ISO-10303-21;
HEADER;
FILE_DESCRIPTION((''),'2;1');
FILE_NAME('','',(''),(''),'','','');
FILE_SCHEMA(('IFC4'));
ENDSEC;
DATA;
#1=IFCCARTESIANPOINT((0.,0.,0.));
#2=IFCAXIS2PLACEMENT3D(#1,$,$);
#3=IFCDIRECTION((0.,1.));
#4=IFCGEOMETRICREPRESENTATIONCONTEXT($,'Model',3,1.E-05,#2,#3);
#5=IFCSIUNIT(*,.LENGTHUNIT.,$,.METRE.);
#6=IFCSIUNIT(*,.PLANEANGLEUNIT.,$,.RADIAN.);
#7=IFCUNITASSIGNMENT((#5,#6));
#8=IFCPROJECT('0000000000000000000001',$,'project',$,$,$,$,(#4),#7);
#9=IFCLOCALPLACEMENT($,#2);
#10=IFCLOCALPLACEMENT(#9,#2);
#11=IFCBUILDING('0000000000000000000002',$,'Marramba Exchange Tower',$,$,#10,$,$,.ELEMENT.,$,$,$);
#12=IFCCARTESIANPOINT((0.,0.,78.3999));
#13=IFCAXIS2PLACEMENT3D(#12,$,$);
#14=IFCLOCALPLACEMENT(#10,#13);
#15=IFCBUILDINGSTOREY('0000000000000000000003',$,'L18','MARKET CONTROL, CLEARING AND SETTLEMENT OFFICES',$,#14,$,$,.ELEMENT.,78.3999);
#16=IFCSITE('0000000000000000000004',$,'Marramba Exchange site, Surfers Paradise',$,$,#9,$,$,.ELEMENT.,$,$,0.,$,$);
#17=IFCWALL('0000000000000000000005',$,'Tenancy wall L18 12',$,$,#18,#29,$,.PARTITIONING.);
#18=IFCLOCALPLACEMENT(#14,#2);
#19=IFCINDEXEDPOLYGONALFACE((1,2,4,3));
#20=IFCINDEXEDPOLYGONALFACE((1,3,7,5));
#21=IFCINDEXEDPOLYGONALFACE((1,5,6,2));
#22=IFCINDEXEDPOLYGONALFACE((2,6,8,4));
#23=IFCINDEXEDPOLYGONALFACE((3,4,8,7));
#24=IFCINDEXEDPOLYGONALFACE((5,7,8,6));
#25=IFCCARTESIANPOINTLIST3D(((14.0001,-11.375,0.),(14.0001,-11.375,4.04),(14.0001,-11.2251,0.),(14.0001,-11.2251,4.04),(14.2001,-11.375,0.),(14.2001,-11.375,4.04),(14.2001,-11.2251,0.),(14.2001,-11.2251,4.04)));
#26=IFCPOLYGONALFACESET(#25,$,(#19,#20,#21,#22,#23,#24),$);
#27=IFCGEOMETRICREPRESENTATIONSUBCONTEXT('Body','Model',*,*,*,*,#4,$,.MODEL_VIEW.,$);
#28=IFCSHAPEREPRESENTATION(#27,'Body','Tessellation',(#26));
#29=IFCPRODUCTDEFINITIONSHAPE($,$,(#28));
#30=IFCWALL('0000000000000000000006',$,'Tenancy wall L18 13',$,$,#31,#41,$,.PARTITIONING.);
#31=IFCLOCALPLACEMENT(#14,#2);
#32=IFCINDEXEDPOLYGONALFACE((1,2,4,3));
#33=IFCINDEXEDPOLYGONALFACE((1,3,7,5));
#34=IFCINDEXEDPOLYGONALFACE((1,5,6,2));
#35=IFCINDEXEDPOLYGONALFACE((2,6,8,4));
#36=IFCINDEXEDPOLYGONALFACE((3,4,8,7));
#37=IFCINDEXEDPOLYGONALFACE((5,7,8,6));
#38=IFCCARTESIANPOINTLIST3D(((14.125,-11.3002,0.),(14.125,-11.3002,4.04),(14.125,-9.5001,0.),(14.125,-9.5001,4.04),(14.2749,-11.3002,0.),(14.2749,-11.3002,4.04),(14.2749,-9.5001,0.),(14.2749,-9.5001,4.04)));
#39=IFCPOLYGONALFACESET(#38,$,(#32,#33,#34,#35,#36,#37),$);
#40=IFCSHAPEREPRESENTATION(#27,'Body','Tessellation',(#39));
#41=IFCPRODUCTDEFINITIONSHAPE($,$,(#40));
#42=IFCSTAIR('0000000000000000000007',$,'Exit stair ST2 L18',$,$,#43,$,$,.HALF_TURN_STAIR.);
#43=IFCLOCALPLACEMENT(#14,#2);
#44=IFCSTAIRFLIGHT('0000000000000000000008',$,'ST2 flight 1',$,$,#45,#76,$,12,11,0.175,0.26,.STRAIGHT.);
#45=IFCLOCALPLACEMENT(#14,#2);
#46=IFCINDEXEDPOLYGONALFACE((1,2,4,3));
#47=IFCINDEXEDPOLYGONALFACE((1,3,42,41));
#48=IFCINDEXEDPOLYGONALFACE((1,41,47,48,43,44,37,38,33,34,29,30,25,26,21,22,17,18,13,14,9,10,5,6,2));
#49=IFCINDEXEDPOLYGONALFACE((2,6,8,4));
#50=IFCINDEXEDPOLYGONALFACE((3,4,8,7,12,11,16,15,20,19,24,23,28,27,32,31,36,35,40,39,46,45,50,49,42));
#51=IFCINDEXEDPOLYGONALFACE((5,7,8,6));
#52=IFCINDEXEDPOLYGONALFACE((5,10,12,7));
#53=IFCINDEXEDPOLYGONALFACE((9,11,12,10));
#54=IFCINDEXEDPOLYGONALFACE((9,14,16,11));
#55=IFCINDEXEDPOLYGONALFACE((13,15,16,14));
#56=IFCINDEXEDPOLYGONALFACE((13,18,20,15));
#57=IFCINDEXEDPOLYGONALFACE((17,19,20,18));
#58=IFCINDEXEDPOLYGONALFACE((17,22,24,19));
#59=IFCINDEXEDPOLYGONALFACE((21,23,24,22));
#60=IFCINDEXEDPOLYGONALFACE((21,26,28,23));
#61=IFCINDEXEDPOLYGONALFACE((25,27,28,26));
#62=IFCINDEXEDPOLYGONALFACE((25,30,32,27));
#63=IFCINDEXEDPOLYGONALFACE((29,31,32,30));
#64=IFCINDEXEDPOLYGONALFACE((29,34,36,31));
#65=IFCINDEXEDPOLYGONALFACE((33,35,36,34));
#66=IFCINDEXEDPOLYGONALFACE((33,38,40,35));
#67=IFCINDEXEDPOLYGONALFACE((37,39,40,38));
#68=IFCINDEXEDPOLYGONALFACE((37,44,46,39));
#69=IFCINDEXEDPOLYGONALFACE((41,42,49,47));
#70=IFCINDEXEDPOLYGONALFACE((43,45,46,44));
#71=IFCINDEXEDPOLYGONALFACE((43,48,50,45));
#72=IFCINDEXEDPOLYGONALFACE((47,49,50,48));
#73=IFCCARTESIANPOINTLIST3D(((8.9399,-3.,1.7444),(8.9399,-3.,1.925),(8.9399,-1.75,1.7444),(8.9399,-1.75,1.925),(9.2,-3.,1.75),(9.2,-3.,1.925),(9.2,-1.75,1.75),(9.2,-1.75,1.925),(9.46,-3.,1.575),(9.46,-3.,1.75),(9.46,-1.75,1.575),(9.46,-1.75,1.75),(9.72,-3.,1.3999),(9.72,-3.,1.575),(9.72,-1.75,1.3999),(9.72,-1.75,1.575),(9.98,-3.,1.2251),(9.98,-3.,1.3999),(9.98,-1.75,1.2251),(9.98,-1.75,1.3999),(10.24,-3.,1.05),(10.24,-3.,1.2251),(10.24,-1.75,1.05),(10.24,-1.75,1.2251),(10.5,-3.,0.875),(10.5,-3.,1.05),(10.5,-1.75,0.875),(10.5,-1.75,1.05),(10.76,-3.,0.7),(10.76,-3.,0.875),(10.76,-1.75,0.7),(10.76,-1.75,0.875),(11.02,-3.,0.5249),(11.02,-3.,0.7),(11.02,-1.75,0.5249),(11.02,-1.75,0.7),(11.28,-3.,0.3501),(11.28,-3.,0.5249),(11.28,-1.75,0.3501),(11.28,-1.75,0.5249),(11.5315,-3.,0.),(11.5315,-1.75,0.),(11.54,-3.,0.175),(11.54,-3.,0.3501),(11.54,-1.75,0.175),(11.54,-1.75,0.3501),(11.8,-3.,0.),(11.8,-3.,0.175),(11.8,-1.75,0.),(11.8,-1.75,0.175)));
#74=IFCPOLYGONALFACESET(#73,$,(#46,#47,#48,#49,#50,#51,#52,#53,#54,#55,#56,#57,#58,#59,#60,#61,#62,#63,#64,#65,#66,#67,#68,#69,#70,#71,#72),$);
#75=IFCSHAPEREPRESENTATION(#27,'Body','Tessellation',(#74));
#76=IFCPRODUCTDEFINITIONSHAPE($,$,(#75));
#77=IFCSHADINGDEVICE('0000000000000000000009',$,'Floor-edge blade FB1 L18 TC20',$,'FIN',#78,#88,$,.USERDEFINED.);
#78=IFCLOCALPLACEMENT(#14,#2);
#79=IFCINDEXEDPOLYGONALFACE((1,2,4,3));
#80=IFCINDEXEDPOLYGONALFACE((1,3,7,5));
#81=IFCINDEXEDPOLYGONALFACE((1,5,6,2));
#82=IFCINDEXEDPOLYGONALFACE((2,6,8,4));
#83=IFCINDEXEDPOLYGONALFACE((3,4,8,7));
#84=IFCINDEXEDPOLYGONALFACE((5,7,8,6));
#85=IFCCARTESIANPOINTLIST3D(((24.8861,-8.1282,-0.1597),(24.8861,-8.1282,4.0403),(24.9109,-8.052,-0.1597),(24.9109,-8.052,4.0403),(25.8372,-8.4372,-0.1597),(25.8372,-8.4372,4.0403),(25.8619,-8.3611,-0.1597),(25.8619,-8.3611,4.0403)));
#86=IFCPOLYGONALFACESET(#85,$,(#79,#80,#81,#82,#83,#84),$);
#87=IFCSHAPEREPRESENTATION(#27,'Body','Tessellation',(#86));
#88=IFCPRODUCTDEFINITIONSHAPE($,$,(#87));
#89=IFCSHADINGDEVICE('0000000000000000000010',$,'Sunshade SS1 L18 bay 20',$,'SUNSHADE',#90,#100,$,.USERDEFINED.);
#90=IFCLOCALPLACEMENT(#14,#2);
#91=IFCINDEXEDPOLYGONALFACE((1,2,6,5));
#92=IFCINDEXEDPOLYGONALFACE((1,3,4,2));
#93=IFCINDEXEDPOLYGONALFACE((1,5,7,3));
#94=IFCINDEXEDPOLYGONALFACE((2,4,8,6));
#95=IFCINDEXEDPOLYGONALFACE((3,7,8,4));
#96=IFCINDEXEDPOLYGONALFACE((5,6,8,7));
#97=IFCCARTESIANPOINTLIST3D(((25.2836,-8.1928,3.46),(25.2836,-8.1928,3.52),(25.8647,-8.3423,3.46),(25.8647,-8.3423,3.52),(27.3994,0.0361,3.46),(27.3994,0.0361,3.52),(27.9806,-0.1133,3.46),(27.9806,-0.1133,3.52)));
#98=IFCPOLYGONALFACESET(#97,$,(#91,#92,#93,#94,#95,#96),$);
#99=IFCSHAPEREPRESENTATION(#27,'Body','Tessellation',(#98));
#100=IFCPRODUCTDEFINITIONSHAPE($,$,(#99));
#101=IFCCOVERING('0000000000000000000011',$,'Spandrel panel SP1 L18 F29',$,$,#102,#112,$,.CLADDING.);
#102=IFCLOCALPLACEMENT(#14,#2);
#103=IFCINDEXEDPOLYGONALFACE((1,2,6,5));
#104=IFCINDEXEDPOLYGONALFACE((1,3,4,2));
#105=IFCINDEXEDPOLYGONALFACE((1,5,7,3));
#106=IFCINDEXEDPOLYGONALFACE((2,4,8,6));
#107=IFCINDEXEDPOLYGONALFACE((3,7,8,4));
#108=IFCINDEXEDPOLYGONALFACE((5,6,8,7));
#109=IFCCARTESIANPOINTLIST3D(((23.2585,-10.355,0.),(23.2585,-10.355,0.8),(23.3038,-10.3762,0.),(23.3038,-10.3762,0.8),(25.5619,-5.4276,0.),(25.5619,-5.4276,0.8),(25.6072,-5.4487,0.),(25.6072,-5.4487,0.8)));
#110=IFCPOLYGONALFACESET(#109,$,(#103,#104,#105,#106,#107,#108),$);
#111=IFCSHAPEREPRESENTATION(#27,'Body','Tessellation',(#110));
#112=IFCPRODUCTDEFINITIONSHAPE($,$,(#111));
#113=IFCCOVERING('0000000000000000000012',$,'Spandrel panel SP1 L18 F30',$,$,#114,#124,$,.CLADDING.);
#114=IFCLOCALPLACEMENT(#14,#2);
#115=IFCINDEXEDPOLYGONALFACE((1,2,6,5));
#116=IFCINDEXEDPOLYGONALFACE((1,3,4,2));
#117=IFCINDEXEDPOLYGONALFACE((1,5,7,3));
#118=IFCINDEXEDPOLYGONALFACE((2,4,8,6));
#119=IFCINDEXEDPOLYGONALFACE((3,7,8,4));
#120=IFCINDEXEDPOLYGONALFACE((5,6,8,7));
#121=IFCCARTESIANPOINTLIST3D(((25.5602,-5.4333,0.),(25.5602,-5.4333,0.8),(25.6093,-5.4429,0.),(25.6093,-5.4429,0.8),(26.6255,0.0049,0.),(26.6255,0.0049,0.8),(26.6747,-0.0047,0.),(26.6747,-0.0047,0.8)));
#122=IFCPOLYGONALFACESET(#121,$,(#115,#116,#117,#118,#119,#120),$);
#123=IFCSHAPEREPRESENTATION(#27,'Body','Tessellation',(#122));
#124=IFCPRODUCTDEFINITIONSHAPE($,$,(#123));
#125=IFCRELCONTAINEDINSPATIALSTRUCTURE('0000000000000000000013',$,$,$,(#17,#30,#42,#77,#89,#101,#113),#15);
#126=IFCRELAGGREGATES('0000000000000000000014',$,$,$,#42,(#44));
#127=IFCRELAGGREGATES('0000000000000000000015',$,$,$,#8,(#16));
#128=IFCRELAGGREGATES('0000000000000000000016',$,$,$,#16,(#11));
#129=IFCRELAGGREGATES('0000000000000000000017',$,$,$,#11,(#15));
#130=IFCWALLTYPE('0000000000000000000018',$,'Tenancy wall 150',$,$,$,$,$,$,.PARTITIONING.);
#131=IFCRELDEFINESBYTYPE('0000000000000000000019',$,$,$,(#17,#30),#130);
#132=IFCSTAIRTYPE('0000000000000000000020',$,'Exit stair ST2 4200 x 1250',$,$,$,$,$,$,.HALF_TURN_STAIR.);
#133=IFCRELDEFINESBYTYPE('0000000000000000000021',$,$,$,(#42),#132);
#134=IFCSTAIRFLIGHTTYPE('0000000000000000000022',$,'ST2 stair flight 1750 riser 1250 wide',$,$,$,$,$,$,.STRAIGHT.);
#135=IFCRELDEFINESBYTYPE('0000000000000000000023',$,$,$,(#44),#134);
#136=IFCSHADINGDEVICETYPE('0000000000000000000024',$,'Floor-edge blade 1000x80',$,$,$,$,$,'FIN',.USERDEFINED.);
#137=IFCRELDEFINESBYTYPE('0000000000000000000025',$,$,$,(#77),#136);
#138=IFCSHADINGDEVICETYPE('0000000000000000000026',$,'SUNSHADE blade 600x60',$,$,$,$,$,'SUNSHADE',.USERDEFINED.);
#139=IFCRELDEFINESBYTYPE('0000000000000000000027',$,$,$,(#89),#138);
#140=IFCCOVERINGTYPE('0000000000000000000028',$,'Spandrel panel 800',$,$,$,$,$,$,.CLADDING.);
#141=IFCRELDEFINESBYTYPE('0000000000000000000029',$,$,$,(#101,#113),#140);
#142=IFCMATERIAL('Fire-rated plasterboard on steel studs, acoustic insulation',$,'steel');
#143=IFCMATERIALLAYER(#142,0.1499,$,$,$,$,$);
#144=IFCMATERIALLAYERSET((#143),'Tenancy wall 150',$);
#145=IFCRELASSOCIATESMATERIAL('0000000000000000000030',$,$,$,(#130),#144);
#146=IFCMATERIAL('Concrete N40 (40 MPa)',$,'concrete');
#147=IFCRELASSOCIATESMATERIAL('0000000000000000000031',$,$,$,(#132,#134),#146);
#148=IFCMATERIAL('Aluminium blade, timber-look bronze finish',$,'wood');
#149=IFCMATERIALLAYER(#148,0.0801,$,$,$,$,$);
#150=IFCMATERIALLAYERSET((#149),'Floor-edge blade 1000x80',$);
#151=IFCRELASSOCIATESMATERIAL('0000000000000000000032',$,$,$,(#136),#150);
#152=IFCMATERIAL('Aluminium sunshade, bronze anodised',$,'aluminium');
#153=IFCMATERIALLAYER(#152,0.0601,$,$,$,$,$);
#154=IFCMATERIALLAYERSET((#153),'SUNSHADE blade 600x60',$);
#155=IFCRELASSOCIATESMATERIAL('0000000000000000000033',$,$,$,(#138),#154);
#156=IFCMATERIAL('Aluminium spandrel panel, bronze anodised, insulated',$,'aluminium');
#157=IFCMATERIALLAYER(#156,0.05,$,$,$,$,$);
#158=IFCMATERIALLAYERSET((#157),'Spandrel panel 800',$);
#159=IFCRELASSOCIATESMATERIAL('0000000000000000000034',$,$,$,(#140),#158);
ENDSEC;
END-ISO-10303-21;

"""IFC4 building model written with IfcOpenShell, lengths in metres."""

from ifc_helpers import new_model, si_unit, direction, frame, frame_2d, origin, origin_2d, place, context, subcontext, project, spatial, polyline, rectangle, outline, extrude, material, layer, layer_set, type_object, element, aggregate, save


model = new_model("IFC4")

# Units and contexts
model_context = context("Model", 3, precision=1e-05, world=origin(), true_north=direction((0.0, 1.0)))
body_context = subcontext(model_context, "Body", "Model", "MODEL_VIEW")
ifc_project = project(units=[si_unit("LENGTHUNIT", "METRE"), si_unit("PLANEANGLEUNIT", "RADIAN")], contexts=[model_context])

# Site, building, storey
site_placement = place(None, origin())
site = spatial("IfcSite", under=ifc_project, at=site_placement, Name="Marramba Exchange site, Surfers Paradise", CompositionType="ELEMENT", RefElevation=0.0)
building_placement = place(site_placement, origin())
building = spatial("IfcBuilding", under=site, at=building_placement, Name="Marramba Exchange Tower", CompositionType="ELEMENT")
storey_placement = place(building_placement, frame((0.0, 0.0, 78.3999)))
storey = spatial("IfcBuildingStorey", under=building, at=storey_placement, Name="L18", Description="MARKET CONTROL, CLEARING AND SETTLEMENT OFFICES", CompositionType="ELEMENT", Elevation=78.3999)

# Walls
ifc_material_1 = material(Name="Fire-rated plasterboard on steel studs, acoustic insulation", Category="steel")
ifc_layer_1 = layer(ifc_material_1, 0.1499)
ifc_layer_set_1 = layer_set([ifc_layer_1], Name="Tenancy wall 150")
wall_type_1 = type_object("IfcWallType", Name="Tenancy wall 150", PredefinedType="PARTITIONING", material=ifc_layer_set_1)
wall_1_placement = place(storey_placement, frame((14.0, -11.3, 0.0), z_axis=(0.0, 0.0, 1.0), x_axis=(1.0, 0.0, 0.0)))
element("IfcWall", 1, at=wall_1_placement, inside=storey, type_object=wall_type_1, Name="Tenancy wall L18 12", PredefinedType="PARTITIONING", context=body_context, shape_type="SweptSolid", body=[
    extrude(rectangle(XDim=0.2, YDim=0.1499, at=frame_2d((0.1001, 0.0))), origin(), (0.0, 0.0, 1.0), 4.04),
])
wall_2_placement = place(storey_placement, frame((14.2, -11.3, 0.0), z_axis=(0.0, 0.0, 1.0), x_axis=(0.0, 1.0, 0.0)))
element("IfcWall", 2, at=wall_2_placement, inside=storey, type_object=wall_type_1, Name="Tenancy wall L18 13", PredefinedType="PARTITIONING", context=body_context, shape_type="SweptSolid", body=[
    extrude(rectangle(XDim=1.8, YDim=0.1499, at=frame_2d((0.8999, 0.0))), origin(), (0.0, 0.0, 1.0), 4.04),
])

# Stair, stair flight
ifc_material_2 = material(Name="Concrete N40 (40 MPa)", Category="concrete")
stair_type = type_object("IfcStairType", Name="Exit stair ST2 4200 x 1250", PredefinedType="HALF_TURN_STAIR", material=ifc_material_2)
stair_placement = place(storey_placement, origin())
stair = element("IfcStair", 3, at=stair_placement, inside=storey, type_object=stair_type, Name="Exit stair ST2 L18", PredefinedType="HALF_TURN_STAIR")
stair_flight_type = type_object("IfcStairFlightType", Name="ST2 stair flight 1750 riser 1250 wide", PredefinedType="STRAIGHT", material=ifc_material_2)
stair_flight_placement = place(storey_placement, frame((11.8, -2.375, 0.0), z_axis=(0.0, 0.0, 1.0), x_axis=(-1.0, 0.0, 0.0)))
stair_flight = element("IfcStairFlight", 4, at=stair_flight_placement, type_object=stair_flight_type, Name="ST2 flight 1", NumberOfRisers=12, NumberOfTreads=11, PredefinedType="STRAIGHT", RiserHeight=0.175, TreadLength=0.26, context=body_context, shape_type="SweptSolid", body=[
    extrude(outline(polyline([(0.0, 0.0), (0.0, 0.175), (0.26, 0.175), (0.26, 0.3501), (0.52, 0.3501), (0.52, 0.5249), (0.78, 0.5249), (0.78, 0.7), (1.04, 0.7), (1.04, 0.875), (1.3, 0.875), (1.3, 1.05), (1.5601, 1.05), (1.5601, 1.2251), (1.8201, 1.2251), (1.8201, 1.3999), (2.0801, 1.3999), (2.0801, 1.575), (2.3401, 1.575), (2.3401, 1.75), (2.6001, 1.75), (2.6001, 1.925), (2.8601, 1.925), (2.8601, 2.1001), (2.8601, 1.7444), (0.2686, 0.0), (0.0, 0.0)])), frame((0.0, 0.625, 0.0), z_axis=(0.0, -1.0, 0.0), x_axis=(1.0, 0.0, 0.0)), (0.0, 0.0, 1.0), 1.25),
])
aggregate(stair, [stair_flight])

# Shading devices
ifc_material_3 = material(Name="Aluminium blade, timber-look bronze finish", Category="wood")
ifc_layer_2 = layer(ifc_material_3, 0.0801)
ifc_layer_set_2 = layer_set([ifc_layer_2], Name="Floor-edge blade 1000x80")
shading_device_type_1 = type_object("IfcShadingDeviceType", Name="Floor-edge blade 1000x80", ElementType="FIN", PredefinedType="USERDEFINED", material=ifc_layer_set_2)
shading_device_1_placement = place(storey_placement, frame((25.374, -8.2446, -0.1597), z_axis=(0.0, 0.0, 1.0), x_axis=(0.951057, -0.309017, 0.0)))
element("IfcShadingDevice", 5, at=shading_device_1_placement, inside=storey, type_object=shading_device_type_1, Name="Floor-edge blade FB1 L18 TC20", ObjectType="FIN", PredefinedType="USERDEFINED", context=body_context, shape_type="SweptSolid", body=[
    extrude(rectangle(XDim=1.0, YDim=0.0801, at=origin_2d()), origin(), (0.0, 0.0, 1.0), 4.2),
])
ifc_material_4 = material(Name="Aluminium sunshade, bronze anodised", Category="aluminium")
ifc_layer_3 = layer(ifc_material_4, 0.0601)
ifc_layer_set_3 = layer_set([ifc_layer_3], Name="SUNSHADE blade 600x60")
shading_device_type_2 = type_object("IfcShadingDeviceType", Name="SUNSHADE blade 600x60", ElementType="SUNSHADE", PredefinedType="USERDEFINED", material=ifc_layer_set_3)
shading_device_2_placement = place(storey_placement, frame((26.6321, -4.1531, 3.46), z_axis=(0.0, 0.0, 1.0), x_axis=(0.249025, 0.968497, 0.0)))
element("IfcShadingDevice", 6, at=shading_device_2_placement, inside=storey, type_object=shading_device_type_2, Name="Sunshade SS1 L18 bay 20", ObjectType="SUNSHADE", PredefinedType="USERDEFINED", context=body_context, shape_type="SweptSolid", body=[
    extrude(rectangle(XDim=8.4966, YDim=0.6001, at=origin_2d()), origin(), (0.0, 0.0, 1.0), 0.0601),
])

# Coverings
ifc_material_5 = material(Name="Aluminium spandrel panel, bronze anodised, insulated", Category="aluminium")
ifc_layer_4 = layer(ifc_material_5, 0.05)
ifc_layer_set_4 = layer_set([ifc_layer_4], Name="Spandrel panel 800")
covering_type = type_object("IfcCoveringType", Name="Spandrel panel 800", PredefinedType="CLADDING", material=ifc_layer_set_4)
covering_1_placement = place(storey_placement, frame((24.4329, -7.9019, 0.0), z_axis=(0.0, 0.0, 1.0), x_axis=(0.423477, 0.905907, 0.0)))
element("IfcCovering", 7, at=covering_1_placement, inside=storey, type_object=covering_type, Name="Spandrel panel SP1 L18 F29", PredefinedType="CLADDING", context=body_context, shape_type="SweptSolid", body=[
    extrude(rectangle(XDim=5.4392, YDim=0.05, at=origin_2d()), origin(), (0.0, 0.0, 1.0), 0.8),
])
covering_2_placement = place(storey_placement, frame((26.1174, -2.719, 0.0), z_axis=(0.0, 0.0, 1.0), x_axis=(0.192249, 0.981346, 0.0)))
element("IfcCovering", 8, at=covering_2_placement, inside=storey, type_object=covering_type, Name="Spandrel panel SP1 L18 F30", PredefinedType="CLADDING", context=body_context, shape_type="SweptSolid", body=[
    extrude(rectangle(XDim=5.5415, YDim=0.05, at=origin_2d()), origin(), (0.0, 0.0, 1.0), 0.8),
])

save(model, "model.ifc")
